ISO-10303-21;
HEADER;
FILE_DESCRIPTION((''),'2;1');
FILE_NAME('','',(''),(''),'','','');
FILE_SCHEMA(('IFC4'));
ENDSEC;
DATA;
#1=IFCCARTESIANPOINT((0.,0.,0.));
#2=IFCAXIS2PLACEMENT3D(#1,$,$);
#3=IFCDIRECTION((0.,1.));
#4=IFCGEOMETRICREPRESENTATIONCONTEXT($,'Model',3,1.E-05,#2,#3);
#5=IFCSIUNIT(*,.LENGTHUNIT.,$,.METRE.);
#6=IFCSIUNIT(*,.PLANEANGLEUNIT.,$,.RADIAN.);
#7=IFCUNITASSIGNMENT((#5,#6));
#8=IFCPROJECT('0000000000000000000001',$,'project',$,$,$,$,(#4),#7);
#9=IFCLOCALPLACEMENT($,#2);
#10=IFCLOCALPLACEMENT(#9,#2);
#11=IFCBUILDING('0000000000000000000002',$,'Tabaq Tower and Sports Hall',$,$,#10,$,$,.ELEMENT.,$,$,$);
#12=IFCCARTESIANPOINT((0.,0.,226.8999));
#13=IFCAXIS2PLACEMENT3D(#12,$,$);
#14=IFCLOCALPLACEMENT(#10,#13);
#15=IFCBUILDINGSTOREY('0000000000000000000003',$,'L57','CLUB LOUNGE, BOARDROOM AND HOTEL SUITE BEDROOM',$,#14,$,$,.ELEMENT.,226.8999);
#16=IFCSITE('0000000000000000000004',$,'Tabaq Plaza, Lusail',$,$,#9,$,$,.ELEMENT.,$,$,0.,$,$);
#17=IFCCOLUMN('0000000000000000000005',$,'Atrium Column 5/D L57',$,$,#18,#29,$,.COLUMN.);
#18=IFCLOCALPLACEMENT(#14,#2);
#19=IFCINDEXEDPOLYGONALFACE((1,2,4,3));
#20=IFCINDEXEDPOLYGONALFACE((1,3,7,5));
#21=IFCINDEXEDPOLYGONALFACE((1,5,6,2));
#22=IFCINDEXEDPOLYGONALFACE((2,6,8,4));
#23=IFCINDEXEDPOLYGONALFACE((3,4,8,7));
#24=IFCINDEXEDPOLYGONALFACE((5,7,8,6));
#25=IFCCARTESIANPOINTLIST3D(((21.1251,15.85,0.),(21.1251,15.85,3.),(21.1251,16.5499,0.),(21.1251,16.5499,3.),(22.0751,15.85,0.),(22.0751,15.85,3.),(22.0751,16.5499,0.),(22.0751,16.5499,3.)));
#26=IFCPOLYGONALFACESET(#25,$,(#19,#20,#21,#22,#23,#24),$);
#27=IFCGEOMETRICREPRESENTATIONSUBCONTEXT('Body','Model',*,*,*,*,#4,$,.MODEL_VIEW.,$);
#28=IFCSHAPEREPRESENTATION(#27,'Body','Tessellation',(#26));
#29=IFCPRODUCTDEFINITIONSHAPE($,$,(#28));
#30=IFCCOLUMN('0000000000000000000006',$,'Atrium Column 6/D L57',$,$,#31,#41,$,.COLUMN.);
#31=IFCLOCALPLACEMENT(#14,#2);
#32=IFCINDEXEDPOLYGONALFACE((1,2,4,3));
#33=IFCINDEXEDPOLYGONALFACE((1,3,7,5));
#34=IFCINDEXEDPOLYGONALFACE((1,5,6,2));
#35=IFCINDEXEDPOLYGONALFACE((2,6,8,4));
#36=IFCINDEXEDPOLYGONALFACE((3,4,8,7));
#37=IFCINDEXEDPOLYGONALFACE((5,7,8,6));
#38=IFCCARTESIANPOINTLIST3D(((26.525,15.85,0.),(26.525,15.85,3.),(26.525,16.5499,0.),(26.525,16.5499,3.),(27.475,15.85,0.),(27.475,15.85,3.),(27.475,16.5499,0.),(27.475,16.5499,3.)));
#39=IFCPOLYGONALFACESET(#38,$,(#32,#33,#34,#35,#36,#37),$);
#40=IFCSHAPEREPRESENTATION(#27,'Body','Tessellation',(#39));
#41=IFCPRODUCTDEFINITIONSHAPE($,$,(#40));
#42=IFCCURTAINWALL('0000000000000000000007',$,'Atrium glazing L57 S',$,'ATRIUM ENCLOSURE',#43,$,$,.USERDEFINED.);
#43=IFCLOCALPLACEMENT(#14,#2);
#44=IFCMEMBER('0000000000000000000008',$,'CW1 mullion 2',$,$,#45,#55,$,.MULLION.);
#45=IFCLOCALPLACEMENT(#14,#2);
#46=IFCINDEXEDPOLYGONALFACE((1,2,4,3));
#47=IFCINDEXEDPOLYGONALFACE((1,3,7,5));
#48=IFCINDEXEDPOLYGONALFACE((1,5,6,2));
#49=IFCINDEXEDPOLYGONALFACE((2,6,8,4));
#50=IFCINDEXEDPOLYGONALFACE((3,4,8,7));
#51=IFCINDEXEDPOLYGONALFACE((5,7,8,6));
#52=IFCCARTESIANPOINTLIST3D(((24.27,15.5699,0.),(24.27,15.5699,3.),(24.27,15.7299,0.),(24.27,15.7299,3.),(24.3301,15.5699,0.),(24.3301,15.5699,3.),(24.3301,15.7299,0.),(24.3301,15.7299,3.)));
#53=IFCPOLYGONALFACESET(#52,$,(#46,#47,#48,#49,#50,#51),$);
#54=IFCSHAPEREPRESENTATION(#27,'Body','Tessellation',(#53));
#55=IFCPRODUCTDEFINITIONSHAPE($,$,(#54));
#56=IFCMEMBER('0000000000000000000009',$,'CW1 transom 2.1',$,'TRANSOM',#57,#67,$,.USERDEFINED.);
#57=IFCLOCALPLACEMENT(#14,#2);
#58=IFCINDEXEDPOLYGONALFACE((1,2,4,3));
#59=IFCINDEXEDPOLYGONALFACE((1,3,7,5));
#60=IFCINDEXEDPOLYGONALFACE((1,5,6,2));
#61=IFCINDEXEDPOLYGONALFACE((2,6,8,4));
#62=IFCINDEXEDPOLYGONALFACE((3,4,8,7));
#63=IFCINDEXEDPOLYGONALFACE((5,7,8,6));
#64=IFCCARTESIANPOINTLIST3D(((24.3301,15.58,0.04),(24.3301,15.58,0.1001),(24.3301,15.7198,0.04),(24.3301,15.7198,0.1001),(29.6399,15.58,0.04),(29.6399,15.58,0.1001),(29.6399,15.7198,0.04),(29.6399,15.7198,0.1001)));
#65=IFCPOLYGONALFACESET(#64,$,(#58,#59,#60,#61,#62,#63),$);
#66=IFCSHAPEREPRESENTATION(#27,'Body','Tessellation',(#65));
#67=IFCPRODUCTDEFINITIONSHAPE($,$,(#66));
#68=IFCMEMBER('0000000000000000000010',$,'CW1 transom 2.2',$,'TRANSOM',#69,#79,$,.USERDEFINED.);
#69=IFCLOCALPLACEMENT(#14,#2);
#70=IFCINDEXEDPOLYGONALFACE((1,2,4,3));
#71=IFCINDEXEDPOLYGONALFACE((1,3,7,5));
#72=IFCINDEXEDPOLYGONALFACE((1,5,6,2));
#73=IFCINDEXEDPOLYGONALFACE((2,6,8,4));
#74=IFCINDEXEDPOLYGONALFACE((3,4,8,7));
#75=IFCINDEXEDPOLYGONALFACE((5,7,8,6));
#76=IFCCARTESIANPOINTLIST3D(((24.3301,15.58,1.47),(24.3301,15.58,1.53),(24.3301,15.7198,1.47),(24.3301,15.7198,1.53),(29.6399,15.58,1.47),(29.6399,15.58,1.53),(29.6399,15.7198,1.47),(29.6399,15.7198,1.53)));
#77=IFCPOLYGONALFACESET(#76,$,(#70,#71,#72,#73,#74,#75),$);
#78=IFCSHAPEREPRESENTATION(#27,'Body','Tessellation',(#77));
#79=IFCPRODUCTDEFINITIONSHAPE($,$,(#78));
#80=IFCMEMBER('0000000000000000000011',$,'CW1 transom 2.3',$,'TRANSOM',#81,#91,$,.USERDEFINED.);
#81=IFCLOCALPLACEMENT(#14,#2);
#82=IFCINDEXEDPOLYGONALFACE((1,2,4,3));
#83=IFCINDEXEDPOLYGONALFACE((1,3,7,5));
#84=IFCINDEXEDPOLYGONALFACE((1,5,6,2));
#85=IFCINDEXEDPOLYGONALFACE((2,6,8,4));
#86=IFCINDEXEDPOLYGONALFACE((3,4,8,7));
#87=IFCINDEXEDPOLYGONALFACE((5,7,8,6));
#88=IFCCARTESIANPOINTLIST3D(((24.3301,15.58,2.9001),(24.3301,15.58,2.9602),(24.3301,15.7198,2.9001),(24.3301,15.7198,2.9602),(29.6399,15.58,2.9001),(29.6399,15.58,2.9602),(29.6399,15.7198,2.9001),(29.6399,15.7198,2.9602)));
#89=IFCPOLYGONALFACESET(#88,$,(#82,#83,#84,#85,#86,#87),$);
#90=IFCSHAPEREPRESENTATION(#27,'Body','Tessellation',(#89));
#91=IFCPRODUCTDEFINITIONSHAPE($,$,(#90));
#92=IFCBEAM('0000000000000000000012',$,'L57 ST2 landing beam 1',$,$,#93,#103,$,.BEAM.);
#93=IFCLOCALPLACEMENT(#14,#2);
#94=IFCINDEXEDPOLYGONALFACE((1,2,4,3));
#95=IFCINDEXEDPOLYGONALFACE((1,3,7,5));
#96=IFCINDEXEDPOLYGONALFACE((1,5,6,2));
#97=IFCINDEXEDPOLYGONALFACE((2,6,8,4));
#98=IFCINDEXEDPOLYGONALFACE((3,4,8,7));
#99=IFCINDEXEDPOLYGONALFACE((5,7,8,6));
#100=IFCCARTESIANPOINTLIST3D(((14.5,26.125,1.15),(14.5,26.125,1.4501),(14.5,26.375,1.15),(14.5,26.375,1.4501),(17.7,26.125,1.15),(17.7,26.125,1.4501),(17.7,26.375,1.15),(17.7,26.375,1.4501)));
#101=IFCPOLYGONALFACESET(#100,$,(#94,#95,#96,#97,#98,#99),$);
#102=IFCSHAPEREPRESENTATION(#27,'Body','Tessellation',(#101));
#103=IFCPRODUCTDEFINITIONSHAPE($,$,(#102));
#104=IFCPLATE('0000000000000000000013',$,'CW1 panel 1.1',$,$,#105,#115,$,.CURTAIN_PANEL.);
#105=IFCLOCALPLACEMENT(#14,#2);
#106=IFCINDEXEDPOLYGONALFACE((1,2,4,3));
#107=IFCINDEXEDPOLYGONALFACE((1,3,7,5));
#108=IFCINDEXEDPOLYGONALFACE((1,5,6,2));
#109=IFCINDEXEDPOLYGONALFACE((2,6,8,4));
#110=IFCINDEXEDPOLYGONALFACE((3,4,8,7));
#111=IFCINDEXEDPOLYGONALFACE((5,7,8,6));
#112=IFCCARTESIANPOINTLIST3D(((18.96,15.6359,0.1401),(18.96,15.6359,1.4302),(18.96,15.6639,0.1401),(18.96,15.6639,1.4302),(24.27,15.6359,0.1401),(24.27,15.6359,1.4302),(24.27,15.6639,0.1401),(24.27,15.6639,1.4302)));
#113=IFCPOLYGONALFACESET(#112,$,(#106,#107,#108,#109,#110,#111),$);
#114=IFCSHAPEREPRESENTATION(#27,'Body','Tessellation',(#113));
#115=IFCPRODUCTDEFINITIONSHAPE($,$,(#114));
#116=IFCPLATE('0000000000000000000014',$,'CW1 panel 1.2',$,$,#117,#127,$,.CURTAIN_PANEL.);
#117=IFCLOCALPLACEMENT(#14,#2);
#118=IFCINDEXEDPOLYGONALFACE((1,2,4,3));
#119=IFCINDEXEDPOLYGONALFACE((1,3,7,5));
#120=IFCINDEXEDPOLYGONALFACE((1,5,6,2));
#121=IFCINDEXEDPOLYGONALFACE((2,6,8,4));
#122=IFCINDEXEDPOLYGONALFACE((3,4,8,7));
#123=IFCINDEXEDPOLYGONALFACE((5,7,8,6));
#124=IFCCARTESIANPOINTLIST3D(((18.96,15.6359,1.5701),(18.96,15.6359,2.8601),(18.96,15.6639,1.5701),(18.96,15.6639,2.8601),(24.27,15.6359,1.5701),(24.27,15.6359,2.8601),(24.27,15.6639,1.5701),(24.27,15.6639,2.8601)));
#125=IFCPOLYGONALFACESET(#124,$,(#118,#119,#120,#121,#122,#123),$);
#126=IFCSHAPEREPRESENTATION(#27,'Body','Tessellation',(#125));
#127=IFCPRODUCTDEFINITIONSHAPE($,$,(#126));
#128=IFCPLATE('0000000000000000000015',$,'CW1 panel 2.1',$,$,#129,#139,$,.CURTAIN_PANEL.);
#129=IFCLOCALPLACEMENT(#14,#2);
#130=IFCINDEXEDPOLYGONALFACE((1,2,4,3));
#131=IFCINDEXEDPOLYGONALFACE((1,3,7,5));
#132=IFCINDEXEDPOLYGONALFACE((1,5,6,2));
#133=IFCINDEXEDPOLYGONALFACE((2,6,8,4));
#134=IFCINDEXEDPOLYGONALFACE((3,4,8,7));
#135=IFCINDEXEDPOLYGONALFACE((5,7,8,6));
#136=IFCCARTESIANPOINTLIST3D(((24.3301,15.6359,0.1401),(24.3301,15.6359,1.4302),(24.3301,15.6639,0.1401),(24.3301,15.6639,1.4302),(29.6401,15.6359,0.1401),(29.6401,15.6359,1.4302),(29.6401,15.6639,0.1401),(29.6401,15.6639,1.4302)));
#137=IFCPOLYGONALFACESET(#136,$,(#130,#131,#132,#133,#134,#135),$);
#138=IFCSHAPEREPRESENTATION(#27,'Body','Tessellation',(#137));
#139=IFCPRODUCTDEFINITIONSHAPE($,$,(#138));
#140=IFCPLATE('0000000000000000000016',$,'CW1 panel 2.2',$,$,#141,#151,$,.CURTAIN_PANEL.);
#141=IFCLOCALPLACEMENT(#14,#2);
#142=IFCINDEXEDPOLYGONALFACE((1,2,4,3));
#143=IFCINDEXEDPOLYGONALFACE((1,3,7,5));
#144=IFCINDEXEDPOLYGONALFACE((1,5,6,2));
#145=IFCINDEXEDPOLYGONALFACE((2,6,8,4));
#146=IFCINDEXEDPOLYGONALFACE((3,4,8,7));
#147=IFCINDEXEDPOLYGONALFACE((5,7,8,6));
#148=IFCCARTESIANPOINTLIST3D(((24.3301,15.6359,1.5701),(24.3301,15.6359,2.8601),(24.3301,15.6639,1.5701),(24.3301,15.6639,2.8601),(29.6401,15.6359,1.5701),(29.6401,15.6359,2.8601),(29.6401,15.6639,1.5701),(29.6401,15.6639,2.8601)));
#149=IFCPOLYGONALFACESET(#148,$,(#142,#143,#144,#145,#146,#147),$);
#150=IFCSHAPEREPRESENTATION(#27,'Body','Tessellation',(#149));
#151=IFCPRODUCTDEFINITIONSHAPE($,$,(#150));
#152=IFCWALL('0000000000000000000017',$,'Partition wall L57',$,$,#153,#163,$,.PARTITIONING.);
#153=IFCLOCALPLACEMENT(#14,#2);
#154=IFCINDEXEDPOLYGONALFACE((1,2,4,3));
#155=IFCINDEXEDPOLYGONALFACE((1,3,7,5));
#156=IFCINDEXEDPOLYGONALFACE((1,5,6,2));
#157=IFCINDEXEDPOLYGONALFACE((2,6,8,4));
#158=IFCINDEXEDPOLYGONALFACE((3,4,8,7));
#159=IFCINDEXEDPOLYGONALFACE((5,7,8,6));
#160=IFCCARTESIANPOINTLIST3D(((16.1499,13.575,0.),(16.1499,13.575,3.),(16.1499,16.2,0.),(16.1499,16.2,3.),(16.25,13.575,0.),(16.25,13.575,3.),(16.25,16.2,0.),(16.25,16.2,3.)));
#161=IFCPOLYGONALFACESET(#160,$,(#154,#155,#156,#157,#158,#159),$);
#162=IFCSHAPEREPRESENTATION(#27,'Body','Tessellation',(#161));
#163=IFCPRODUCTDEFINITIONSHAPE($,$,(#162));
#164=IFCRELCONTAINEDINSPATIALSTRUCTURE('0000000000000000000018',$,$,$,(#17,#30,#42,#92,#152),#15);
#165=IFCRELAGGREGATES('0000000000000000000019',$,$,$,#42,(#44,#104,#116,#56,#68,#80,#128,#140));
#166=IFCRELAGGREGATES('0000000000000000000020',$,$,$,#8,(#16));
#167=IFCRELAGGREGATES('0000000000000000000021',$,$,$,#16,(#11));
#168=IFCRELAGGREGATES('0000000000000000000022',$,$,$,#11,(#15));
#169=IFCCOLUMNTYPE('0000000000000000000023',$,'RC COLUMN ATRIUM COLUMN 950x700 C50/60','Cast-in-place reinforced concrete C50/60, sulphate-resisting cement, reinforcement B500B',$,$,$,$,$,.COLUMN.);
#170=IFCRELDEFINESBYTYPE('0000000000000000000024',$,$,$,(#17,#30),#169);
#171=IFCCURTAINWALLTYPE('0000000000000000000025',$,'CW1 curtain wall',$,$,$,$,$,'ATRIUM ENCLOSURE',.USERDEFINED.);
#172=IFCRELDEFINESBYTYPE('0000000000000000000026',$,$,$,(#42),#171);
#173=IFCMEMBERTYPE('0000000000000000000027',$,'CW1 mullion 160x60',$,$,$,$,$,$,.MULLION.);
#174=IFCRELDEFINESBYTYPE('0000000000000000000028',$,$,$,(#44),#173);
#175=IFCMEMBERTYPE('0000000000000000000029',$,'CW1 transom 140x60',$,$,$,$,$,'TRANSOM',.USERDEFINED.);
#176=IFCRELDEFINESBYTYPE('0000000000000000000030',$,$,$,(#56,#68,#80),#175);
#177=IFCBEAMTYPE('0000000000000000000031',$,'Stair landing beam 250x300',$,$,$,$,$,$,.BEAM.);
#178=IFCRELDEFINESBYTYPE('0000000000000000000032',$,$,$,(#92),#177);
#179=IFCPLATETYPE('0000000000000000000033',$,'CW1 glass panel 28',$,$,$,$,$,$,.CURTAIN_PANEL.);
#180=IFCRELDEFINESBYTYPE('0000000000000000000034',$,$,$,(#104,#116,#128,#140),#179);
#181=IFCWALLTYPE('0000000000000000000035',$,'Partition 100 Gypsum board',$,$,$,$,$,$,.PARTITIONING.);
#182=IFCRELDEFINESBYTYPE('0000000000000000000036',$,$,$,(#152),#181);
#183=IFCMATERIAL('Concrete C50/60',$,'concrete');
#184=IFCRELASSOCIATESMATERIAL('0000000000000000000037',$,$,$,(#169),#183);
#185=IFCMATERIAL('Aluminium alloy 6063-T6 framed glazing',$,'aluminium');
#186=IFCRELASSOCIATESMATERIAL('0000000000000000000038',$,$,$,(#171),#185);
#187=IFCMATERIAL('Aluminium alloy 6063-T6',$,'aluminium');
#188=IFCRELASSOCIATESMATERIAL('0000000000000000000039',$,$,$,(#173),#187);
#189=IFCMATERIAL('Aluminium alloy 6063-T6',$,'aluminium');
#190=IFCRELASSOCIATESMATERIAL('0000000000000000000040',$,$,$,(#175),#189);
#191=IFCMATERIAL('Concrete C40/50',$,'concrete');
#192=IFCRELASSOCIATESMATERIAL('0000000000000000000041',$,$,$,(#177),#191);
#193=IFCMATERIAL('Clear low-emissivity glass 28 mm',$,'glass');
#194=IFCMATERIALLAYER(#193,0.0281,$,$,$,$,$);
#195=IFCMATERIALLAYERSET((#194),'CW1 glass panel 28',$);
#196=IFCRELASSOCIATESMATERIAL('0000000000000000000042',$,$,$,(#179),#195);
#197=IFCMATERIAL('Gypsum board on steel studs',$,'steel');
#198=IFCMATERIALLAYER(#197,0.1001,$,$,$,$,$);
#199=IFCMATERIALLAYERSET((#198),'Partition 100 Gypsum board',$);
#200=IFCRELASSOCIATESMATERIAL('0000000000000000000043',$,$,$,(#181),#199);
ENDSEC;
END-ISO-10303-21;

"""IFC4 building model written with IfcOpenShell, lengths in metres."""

from ifc_helpers import new_model, si_unit, direction, frame, frame_2d, origin, origin_2d, place, context, subcontext, project, spatial, rectangle, extrude, material, layer, layer_set, material_profile, profile_set, type_object, element, aggregate, save


model = new_model("IFC4")

# Units and contexts
model_context = context("Model", 3, precision=1e-05, world=origin(), true_north=direction((0.0, 1.0)))
body_context = subcontext(model_context, "Body", "Model", "MODEL_VIEW")
ifc_project = project(units=[si_unit("LENGTHUNIT", "METRE"), si_unit("PLANEANGLEUNIT", "RADIAN")], contexts=[model_context])

# Site, building, storey
site_placement = place(None, origin())
site = spatial("IfcSite", under=ifc_project, at=site_placement, Name="Tabaq Plaza, Lusail", CompositionType="ELEMENT", RefElevation=0.0)
building_placement = place(site_placement, origin())
building = spatial("IfcBuilding", under=site, at=building_placement, Name="Tabaq Tower and Sports Hall", CompositionType="ELEMENT")
storey_placement = place(building_placement, frame((0.0, 0.0, 226.8999)))
storey = spatial("IfcBuildingStorey", under=building, at=storey_placement, Name="L57", Description="CLUB LOUNGE, BOARDROOM AND HOTEL SUITE BEDROOM", CompositionType="ELEMENT", Elevation=226.8999)

# Columns
ifc_material_1 = material(Name="Concrete C50/60", Category="concrete")
ifc_material_profile_1 = material_profile(ifc_material_1, rectangle(XDim=0.95, YDim=0.7, at=origin_2d()), Name="ATRIUM COLUMN 950x700")
ifc_profile_set_1 = profile_set([ifc_material_profile_1], Name="Concrete C50/60")
column_type = type_object("IfcColumnType", Name="RC COLUMN ATRIUM COLUMN 950x700 C50/60", Description="Cast-in-place reinforced concrete C50/60, sulphate-resisting cement, reinforcement B500B", PredefinedType="COLUMN", material=ifc_profile_set_1)
for number, where, z_axis, x_axis, name in (
    (1, (21.6001, 16.2, 0.0), (0.0, 0.0, 1.0), (1.0, 0.0, 0.0), "Atrium Column 5/D L57"),
    (2, (27.0, 16.2, 0.0), (0.0, 0.0, 1.0), (1.0, 0.0, 0.0), "Atrium Column 6/D L57"),
):
    element("IfcColumn", number, at=place(storey_placement, frame(where, z_axis=z_axis, x_axis=x_axis)), inside=storey, type_object=column_type, Name=name, PredefinedType="COLUMN", context=body_context, shape_type="SweptSolid", body=[
        extrude(rectangle(XDim=0.95, YDim=0.7, at=origin_2d()), origin(), (0.0, 0.0, 1.0), 3.0),
    ])

# Curtain wall, members
ifc_material_2 = material(Name="Aluminium alloy 6063-T6 framed glazing", Category="aluminium")
curtain_wall_type = type_object("IfcCurtainWallType", Name="CW1 curtain wall", ElementType="ATRIUM ENCLOSURE", PredefinedType="USERDEFINED", material=ifc_material_2)
curtain_wall_placement = place(storey_placement, origin())
curtain_wall = element("IfcCurtainWall", 3, at=curtain_wall_placement, inside=storey, type_object=curtain_wall_type, Name="Atrium glazing L57 S", ObjectType="ATRIUM ENCLOSURE", PredefinedType="USERDEFINED")
ifc_material_3 = material(Name="Aluminium alloy 6063-T6", Category="aluminium")
ifc_material_profile_2 = material_profile(ifc_material_3, rectangle(XDim=0.1599, YDim=0.0601, at=origin_2d()), Name="MULLION 160x60")
ifc_profile_set_2 = profile_set([ifc_material_profile_2], Name="Aluminium alloy 6063-T6")
member_type_1 = type_object("IfcMemberType", Name="CW1 mullion 160x60", PredefinedType="MULLION", material=ifc_profile_set_2)
member_1_placement = place(storey_placement, frame((24.3, 15.6499, 0.0), z_axis=(0.0, 0.0, 1.0), x_axis=(0.0, 1.0, 0.0)))
member_1 = element("IfcMember", 4, at=member_1_placement, type_object=member_type_1, Name="CW1 mullion 2", PredefinedType="MULLION", context=body_context, shape_type="SweptSolid", body=[
    extrude(rectangle(XDim=0.1599, YDim=0.0601, at=origin_2d()), origin(), (0.0, 0.0, 1.0), 3.0),
])
ifc_material_4 = material(Name="Aluminium alloy 6063-T6", Category="aluminium")
ifc_material_profile_3 = material_profile(ifc_material_4, rectangle(XDim=0.1399, YDim=0.0601, at=origin_2d()), Name="TRANSOM 140x60")
ifc_profile_set_3 = profile_set([ifc_material_profile_3], Name="Aluminium alloy 6063-T6")
member_type_2 = type_object("IfcMemberType", Name="CW1 transom 140x60", ElementType="TRANSOM", PredefinedType="USERDEFINED", material=ifc_profile_set_3)
member_2_placement = place(storey_placement, frame((24.3301, 15.6499, 0.0701), z_axis=(1.0, 0.0, 0.0), x_axis=(0.0, 1.0, 0.0)))
member_2 = element("IfcMember", 5, at=member_2_placement, type_object=member_type_2, Name="CW1 transom 2.1", ObjectType="TRANSOM", PredefinedType="USERDEFINED", context=body_context, shape_type="SweptSolid", body=[
    extrude(rectangle(XDim=0.1399, YDim=0.0601, at=origin_2d()), origin(), (0.0, 0.0, 1.0), 5.3098),
])
member_3_placement = place(storey_placement, frame((24.3301, 15.6499, 1.5), z_axis=(1.0, 0.0, 0.0), x_axis=(0.0, 1.0, 0.0)))
member_3 = element("IfcMember", 6, at=member_3_placement, type_object=member_type_2, Name="CW1 transom 2.2", ObjectType="TRANSOM", PredefinedType="USERDEFINED", context=body_context, shape_type="SweptSolid", body=[
    extrude(rectangle(XDim=0.1399, YDim=0.0601, at=origin_2d()), origin(), (0.0, 0.0, 1.0), 5.3098),
])
member_4_placement = place(storey_placement, frame((24.3301, 15.6499, 2.9302), z_axis=(1.0, 0.0, 0.0), x_axis=(0.0, 1.0, 0.0)))
member_4 = element("IfcMember", 7, at=member_4_placement, type_object=member_type_2, Name="CW1 transom 2.3", ObjectType="TRANSOM", PredefinedType="USERDEFINED", context=body_context, shape_type="SweptSolid", body=[
    extrude(rectangle(XDim=0.1399, YDim=0.0601, at=origin_2d()), origin(), (0.0, 0.0, 1.0), 5.3098),
])

# Beam
ifc_material_5 = material(Name="Concrete C40/50", Category="concrete")
ifc_material_profile_4 = material_profile(ifc_material_5, rectangle(XDim=0.25, YDim=0.3, at=origin_2d()), Name="RC 250x300")
ifc_profile_set_4 = profile_set([ifc_material_profile_4], Name="Concrete C40/50")
beam_type = type_object("IfcBeamType", Name="Stair landing beam 250x300", PredefinedType="BEAM", material=ifc_profile_set_4)
beam_placement = place(storey_placement, frame((14.5, 26.25, 1.3), z_axis=(1.0, 0.0, 0.0), x_axis=(0.0, 1.0, 0.0)))
element("IfcBeam", 8, at=beam_placement, inside=storey, type_object=beam_type, Name="L57 ST2 landing beam 1", PredefinedType="BEAM", context=body_context, shape_type="SweptSolid", body=[
    extrude(rectangle(XDim=0.25, YDim=0.3, at=origin_2d()), origin(), (0.0, 0.0, 1.0), 3.2),
])

# Plates
ifc_material_6 = material(Name="Clear low-emissivity glass 28 mm", Category="glass")
ifc_layer_1 = layer(ifc_material_6, 0.0281)
ifc_layer_set_1 = layer_set([ifc_layer_1], Name="CW1 glass panel 28")
plate_type = type_object("IfcPlateType", Name="CW1 glass panel 28", PredefinedType="CURTAIN_PANEL", material=ifc_layer_set_1)
plate_1_placement = place(storey_placement, frame((21.615, 15.6499, 0.1401), z_axis=(0.0, 0.0, 1.0), x_axis=(1.0, 0.0, 0.0)))
plate_1 = element("IfcPlate", 9, at=plate_1_placement, type_object=plate_type, Name="CW1 panel 1.1", PredefinedType="CURTAIN_PANEL", context=body_context, shape_type="SweptSolid", body=[
    extrude(rectangle(XDim=5.3101, YDim=0.0281, at=origin_2d()), origin(), (0.0, 0.0, 1.0), 1.29),
])
plate_2_placement = place(storey_placement, frame((21.615, 15.6499, 1.5701), z_axis=(0.0, 0.0, 1.0), x_axis=(1.0, 0.0, 0.0)))
plate_2 = element("IfcPlate", 10, at=plate_2_placement, type_object=plate_type, Name="CW1 panel 1.2", PredefinedType="CURTAIN_PANEL", context=body_context, shape_type="SweptSolid", body=[
    extrude(rectangle(XDim=5.3101, YDim=0.0281, at=origin_2d()), origin(), (0.0, 0.0, 1.0), 1.29),
])
plate_3_placement = place(storey_placement, frame((26.9851, 15.6499, 0.1401), z_axis=(0.0, 0.0, 1.0), x_axis=(1.0, 0.0, 0.0)))
plate_3 = element("IfcPlate", 11, at=plate_3_placement, type_object=plate_type, Name="CW1 panel 2.1", PredefinedType="CURTAIN_PANEL", context=body_context, shape_type="SweptSolid", body=[
    extrude(rectangle(XDim=5.3101, YDim=0.0281, at=origin_2d()), origin(), (0.0, 0.0, 1.0), 1.29),
])
plate_4_placement = place(storey_placement, frame((26.9851, 15.6499, 1.5701), z_axis=(0.0, 0.0, 1.0), x_axis=(1.0, 0.0, 0.0)))
plate_4 = element("IfcPlate", 12, at=plate_4_placement, type_object=plate_type, Name="CW1 panel 2.2", PredefinedType="CURTAIN_PANEL", context=body_context, shape_type="SweptSolid", body=[
    extrude(rectangle(XDim=5.3101, YDim=0.0281, at=origin_2d()), origin(), (0.0, 0.0, 1.0), 1.29),
])
aggregate(curtain_wall, [member_1, plate_1, plate_2, member_2, member_3, member_4, plate_3, plate_4])

# Wall
ifc_material_7 = material(Name="Gypsum board on steel studs", Category="steel")
ifc_layer_2 = layer(ifc_material_7, 0.1001)
ifc_layer_set_2 = layer_set([ifc_layer_2], Name="Partition 100 Gypsum board")
wall_type_1 = type_object("IfcWallType", Name="Partition 100 Gypsum board", PredefinedType="PARTITIONING", material=ifc_layer_set_2)
wall_1_placement = place(storey_placement, frame((16.2, 16.2, 0.0), z_axis=(0.0, 0.0, 1.0), x_axis=(0.0, -1.0, 0.0)))
element("IfcWall", 13, at=wall_1_placement, inside=storey, type_object=wall_type_1, Name="Partition wall L57", PredefinedType="PARTITIONING", context=body_context, shape_type="SweptSolid", body=[
    extrude(rectangle(XDim=2.625, YDim=0.1001, at=frame_2d((1.3125, 0.0))), origin(), (0.0, 0.0, 1.0), 3.0),
])

save(model, "model.ifc")
